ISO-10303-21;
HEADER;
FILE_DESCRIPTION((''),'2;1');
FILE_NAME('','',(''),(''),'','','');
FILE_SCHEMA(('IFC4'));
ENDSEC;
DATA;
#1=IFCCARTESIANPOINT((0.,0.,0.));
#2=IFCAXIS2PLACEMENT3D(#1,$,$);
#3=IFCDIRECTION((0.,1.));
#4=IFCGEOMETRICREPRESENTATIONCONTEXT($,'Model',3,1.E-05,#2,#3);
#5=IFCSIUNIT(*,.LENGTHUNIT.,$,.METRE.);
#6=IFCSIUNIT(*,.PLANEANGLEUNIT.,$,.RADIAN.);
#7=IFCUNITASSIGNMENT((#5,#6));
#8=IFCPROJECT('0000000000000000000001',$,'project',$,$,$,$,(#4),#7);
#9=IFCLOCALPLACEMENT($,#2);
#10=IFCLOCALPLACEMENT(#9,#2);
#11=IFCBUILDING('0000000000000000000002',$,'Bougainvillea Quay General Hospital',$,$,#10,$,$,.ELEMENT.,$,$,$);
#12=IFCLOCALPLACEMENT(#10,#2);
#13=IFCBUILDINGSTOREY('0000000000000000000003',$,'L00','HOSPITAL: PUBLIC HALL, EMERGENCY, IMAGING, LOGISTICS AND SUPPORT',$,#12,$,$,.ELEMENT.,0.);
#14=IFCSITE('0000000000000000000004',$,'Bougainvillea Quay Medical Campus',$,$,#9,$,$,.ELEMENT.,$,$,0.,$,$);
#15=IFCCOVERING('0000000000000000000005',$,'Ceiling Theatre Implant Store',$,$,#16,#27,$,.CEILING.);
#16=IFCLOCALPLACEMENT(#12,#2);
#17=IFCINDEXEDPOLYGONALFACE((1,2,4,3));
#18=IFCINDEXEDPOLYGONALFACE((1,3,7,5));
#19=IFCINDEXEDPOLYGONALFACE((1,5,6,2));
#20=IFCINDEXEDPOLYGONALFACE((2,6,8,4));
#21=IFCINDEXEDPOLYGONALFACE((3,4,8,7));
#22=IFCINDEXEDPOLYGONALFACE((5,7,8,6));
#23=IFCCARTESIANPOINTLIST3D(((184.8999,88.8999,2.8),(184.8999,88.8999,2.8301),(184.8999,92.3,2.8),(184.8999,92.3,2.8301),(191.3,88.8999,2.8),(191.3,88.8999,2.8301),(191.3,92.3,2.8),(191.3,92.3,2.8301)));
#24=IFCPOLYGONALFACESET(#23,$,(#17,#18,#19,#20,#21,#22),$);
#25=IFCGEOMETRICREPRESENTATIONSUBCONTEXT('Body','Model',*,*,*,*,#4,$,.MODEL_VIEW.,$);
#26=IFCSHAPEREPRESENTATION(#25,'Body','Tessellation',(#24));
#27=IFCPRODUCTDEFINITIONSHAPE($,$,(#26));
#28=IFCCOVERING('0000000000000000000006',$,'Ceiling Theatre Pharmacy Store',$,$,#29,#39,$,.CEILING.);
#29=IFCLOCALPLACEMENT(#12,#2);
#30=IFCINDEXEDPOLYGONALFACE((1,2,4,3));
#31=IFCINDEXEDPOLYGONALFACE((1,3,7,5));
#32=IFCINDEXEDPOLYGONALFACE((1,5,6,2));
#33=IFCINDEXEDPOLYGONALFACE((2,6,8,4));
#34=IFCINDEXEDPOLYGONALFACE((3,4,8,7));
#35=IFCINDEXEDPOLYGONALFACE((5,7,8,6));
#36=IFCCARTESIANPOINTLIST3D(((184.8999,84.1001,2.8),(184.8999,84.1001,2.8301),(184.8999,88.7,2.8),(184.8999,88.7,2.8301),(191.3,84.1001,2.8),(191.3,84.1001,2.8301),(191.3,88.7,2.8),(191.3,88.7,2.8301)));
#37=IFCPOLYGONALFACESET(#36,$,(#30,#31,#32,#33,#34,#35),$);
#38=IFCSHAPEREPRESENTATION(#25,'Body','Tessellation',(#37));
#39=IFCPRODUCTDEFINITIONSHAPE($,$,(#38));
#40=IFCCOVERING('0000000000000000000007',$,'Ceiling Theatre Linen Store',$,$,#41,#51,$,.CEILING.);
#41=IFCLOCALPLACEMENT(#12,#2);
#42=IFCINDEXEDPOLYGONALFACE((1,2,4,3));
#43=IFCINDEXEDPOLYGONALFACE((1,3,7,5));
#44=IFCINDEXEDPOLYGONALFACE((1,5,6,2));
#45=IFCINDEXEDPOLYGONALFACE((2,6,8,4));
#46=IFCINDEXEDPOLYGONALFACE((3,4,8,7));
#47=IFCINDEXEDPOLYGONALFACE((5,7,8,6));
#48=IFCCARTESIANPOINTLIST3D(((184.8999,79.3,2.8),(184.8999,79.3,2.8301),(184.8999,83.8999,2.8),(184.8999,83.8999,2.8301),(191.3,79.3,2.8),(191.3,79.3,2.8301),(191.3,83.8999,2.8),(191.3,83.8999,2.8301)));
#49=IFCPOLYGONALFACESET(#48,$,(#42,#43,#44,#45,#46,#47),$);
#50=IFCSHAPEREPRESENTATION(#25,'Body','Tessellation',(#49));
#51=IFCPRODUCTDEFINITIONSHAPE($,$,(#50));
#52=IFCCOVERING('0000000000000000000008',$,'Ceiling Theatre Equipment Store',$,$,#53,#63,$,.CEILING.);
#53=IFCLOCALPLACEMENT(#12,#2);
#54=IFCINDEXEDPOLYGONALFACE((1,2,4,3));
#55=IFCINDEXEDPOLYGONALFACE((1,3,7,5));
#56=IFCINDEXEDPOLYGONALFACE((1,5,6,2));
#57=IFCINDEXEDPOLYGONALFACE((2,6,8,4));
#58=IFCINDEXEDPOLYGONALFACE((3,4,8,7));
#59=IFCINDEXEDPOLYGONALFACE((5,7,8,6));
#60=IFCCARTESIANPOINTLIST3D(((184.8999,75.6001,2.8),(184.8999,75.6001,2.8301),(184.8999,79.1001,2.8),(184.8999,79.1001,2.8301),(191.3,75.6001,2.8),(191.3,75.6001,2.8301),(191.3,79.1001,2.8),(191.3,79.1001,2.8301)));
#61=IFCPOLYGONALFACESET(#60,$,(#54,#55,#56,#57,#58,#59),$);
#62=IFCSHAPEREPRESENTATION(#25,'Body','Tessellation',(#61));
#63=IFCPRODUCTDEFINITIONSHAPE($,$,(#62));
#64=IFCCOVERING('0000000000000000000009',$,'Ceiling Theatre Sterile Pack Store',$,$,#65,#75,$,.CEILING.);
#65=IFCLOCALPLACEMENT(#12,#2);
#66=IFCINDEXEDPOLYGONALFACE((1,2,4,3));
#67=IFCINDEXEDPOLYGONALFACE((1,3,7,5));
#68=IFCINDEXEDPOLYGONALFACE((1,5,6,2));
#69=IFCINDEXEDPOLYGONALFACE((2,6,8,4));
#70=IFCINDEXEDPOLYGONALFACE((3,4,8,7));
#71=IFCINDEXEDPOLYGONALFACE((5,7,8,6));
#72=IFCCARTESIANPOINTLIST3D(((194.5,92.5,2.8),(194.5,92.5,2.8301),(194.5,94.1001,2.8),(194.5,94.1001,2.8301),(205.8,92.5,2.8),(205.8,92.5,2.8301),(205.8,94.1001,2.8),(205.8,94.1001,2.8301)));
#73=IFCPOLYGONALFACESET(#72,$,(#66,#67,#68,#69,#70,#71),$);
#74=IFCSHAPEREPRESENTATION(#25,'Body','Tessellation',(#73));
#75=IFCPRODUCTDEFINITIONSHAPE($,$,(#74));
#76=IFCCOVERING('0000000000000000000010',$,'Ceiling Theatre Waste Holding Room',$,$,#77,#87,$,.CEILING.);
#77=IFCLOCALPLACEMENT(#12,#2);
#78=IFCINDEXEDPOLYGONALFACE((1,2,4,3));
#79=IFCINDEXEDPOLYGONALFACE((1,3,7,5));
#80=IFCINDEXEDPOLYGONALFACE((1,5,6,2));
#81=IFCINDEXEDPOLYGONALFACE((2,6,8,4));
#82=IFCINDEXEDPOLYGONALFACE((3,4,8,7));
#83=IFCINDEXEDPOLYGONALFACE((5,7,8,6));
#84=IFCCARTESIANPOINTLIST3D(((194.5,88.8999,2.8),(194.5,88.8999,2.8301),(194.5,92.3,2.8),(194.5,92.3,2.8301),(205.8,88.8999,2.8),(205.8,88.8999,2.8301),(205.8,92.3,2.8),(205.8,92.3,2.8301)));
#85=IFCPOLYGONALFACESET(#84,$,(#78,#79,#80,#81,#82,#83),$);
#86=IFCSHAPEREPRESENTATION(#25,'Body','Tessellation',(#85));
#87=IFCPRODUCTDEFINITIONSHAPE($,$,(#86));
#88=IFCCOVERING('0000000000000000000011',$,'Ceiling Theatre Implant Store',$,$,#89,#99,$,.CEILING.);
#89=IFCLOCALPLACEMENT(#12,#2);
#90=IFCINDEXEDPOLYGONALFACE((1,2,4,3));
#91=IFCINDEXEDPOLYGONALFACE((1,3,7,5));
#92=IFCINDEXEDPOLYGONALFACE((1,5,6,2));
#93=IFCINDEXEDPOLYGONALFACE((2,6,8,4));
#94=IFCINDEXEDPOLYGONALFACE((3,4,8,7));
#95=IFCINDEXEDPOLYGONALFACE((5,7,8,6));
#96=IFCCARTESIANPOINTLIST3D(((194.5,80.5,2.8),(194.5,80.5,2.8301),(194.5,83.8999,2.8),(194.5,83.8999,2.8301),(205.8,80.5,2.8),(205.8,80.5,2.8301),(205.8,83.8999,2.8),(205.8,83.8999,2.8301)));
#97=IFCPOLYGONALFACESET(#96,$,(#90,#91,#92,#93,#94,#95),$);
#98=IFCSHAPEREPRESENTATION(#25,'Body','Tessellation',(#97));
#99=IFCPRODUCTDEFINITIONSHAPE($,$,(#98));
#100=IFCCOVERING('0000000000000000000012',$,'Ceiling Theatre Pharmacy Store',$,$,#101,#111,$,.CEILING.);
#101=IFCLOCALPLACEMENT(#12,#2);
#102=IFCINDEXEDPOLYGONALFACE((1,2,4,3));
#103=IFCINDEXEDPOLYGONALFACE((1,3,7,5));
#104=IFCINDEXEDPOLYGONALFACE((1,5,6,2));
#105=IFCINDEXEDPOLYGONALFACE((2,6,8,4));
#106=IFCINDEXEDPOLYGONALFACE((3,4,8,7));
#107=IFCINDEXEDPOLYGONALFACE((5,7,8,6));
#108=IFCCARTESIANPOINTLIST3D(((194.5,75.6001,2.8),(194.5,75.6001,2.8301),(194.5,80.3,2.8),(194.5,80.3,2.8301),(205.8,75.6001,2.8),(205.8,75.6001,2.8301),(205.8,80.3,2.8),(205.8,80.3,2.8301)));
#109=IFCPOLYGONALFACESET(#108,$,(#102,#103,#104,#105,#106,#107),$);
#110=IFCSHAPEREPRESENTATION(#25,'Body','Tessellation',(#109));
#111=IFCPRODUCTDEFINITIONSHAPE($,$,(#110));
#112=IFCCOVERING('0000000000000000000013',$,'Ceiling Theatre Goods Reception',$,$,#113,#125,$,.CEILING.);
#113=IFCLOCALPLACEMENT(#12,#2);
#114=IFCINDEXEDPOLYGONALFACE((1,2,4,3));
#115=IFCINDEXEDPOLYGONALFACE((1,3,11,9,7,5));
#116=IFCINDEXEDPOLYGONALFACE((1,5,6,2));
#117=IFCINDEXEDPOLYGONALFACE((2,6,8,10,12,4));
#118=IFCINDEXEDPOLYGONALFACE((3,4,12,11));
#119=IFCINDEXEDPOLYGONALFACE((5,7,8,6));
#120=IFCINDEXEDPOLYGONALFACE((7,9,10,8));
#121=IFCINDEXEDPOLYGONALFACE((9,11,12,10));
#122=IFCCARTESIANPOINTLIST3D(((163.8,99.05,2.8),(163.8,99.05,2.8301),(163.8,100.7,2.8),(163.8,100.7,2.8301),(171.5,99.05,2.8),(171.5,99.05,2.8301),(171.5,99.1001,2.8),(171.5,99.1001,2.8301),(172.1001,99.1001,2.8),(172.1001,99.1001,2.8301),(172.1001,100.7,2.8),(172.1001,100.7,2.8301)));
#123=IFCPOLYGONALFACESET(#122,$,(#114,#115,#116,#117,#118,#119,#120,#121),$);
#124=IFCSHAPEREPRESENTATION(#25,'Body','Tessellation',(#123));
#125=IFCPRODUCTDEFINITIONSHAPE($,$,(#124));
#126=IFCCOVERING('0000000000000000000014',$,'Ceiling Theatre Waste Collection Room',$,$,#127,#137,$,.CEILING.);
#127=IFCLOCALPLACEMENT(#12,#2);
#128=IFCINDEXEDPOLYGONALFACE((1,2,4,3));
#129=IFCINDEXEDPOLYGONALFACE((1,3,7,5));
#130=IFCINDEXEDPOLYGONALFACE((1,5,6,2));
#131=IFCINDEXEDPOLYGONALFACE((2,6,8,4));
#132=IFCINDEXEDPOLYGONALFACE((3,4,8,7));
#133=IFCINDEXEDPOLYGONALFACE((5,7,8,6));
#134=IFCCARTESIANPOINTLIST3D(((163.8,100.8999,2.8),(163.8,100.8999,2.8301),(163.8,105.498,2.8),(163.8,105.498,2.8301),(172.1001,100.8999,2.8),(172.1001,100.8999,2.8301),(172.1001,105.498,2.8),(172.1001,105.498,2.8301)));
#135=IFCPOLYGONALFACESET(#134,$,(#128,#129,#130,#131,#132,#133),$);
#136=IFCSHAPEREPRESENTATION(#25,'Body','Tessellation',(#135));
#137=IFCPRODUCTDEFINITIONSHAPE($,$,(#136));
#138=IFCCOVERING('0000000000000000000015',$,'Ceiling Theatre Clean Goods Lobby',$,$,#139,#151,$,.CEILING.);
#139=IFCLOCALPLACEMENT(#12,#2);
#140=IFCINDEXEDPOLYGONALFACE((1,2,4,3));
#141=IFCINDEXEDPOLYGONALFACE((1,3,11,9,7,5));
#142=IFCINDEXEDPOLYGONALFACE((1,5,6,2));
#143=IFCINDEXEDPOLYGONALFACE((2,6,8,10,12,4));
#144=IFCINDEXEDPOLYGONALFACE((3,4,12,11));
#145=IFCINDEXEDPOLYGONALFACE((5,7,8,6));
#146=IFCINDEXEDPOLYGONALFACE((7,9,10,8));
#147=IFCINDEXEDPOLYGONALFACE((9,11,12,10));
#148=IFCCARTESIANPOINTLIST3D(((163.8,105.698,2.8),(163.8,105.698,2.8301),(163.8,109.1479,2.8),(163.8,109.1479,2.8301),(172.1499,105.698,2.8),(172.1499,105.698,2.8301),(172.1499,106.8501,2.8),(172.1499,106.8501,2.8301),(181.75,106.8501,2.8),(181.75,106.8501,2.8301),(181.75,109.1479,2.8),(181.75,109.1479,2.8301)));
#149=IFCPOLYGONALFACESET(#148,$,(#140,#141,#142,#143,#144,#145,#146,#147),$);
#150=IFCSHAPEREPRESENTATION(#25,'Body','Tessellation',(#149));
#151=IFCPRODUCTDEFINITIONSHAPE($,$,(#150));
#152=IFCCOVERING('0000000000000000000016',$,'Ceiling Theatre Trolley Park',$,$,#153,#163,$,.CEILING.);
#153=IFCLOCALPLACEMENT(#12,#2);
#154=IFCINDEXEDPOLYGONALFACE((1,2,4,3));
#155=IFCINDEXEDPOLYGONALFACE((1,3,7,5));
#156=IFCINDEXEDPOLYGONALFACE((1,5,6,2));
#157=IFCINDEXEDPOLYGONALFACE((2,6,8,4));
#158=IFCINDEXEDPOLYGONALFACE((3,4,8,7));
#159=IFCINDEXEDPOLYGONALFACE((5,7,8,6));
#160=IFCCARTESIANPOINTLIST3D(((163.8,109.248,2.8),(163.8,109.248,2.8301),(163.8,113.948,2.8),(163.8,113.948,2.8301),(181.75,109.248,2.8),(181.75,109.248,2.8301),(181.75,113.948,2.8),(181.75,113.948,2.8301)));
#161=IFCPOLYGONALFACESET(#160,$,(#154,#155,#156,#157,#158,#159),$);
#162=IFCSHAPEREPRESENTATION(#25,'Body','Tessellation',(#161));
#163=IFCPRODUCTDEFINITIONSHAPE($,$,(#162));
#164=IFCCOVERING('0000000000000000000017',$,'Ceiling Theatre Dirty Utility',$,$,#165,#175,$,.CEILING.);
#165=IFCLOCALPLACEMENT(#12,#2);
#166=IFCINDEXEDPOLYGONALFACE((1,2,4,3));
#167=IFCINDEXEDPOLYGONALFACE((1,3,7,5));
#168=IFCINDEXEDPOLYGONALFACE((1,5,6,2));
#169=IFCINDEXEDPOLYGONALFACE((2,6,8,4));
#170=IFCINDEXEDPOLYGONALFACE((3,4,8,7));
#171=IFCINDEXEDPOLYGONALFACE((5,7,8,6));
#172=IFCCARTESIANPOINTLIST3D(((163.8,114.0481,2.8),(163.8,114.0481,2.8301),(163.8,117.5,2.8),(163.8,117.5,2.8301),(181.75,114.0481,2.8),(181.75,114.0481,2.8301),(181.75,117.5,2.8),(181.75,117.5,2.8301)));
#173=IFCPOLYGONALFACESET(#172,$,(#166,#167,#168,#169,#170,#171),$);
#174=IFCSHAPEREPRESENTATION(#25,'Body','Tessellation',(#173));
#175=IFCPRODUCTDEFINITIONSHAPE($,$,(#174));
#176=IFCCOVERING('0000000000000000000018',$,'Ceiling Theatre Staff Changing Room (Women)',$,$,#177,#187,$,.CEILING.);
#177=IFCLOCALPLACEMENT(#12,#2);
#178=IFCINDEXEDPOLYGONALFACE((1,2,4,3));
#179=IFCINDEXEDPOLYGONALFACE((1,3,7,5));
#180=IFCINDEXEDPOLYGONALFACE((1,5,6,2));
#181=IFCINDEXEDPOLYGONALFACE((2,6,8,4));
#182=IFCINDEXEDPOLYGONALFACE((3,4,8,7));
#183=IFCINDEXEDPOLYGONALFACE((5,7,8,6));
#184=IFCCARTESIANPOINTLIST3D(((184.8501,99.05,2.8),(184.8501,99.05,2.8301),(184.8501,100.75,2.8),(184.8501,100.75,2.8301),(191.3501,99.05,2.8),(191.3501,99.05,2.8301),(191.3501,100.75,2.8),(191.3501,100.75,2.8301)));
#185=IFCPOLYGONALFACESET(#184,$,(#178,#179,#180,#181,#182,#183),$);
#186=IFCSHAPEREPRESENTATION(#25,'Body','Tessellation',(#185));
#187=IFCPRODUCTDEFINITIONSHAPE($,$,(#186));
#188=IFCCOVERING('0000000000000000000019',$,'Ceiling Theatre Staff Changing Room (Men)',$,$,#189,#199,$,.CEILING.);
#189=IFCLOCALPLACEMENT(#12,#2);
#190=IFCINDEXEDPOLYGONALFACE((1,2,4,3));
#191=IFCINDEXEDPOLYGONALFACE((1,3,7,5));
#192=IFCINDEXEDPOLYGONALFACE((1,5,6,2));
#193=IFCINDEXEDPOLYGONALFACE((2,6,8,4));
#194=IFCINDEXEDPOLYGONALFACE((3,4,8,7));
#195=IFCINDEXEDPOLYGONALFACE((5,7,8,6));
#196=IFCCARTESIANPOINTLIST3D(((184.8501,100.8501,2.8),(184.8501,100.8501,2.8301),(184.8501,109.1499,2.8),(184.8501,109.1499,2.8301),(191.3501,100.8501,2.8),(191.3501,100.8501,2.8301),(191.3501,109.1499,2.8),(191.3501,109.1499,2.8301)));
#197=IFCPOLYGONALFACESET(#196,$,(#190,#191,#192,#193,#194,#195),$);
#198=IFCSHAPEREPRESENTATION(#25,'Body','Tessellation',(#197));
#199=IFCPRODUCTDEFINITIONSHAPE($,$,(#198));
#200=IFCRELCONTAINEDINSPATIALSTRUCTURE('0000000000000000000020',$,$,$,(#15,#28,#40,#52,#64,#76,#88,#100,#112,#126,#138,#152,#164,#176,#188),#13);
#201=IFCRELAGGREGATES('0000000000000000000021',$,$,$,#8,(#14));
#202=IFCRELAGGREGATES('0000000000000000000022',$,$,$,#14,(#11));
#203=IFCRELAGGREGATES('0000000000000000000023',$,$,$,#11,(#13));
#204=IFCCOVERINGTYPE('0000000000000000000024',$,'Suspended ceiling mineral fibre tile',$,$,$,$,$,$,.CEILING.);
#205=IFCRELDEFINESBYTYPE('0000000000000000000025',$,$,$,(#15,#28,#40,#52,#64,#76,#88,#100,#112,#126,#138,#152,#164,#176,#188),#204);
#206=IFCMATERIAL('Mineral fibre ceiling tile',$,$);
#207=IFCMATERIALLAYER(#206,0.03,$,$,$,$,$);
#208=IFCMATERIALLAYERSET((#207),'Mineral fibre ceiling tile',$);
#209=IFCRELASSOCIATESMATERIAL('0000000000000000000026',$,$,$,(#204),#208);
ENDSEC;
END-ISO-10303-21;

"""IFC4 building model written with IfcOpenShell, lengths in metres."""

from ifc_helpers import new_model, si_unit, direction, frame, origin, place, context, subcontext, project, spatial, polyline, outline, extrude, material, layer, layer_set, type_object, element, save


model = new_model("IFC4")

# Units and contexts
model_context = context("Model", 3, precision=1e-05, world=origin(), true_north=direction((0.0, 1.0)))
body_context = subcontext(model_context, "Body", "Model", "MODEL_VIEW")
ifc_project = project(units=[si_unit("LENGTHUNIT", "METRE"), si_unit("PLANEANGLEUNIT", "RADIAN")], contexts=[model_context])

# Site, building, storey
site_placement = place(None, origin())
site = spatial("IfcSite", under=ifc_project, at=site_placement, Name="Bougainvillea Quay Medical Campus", CompositionType="ELEMENT", RefElevation=0.0)
building_placement = place(site_placement, origin())
building = spatial("IfcBuilding", under=site, at=building_placement, Name="Bougainvillea Quay General Hospital", CompositionType="ELEMENT")
storey_placement = place(building_placement, origin())
storey = spatial("IfcBuildingStorey", under=building, at=storey_placement, Name="L00", Description="HOSPITAL: PUBLIC HALL, EMERGENCY, IMAGING, LOGISTICS AND SUPPORT", CompositionType="ELEMENT", Elevation=0.0)

# Coverings
ifc_material = material(Name="Mineral fibre ceiling tile")
ifc_layer = layer(ifc_material, 0.03)
ifc_layer_set = layer_set([ifc_layer], Name="Mineral fibre ceiling tile")
covering_type = type_object("IfcCoveringType", Name="Suspended ceiling mineral fibre tile", PredefinedType="CEILING", material=ifc_layer_set)
covering_1_placement = place(storey_placement, frame((0.0, 0.0, 2.8)))
element("IfcCovering", 1, at=covering_1_placement, inside=storey, type_object=covering_type, Name="Ceiling Theatre Implant Store", PredefinedType="CEILING", context=body_context, shape_type="SweptSolid", body=[
    extrude(outline(polyline([(191.3, 88.8999), (191.3, 92.3), (184.8999, 92.3), (184.8999, 88.8999), (191.3, 88.8999)])), origin(), (0.0, 0.0, 1.0), 0.03),
])
covering_2_placement = place(storey_placement, frame((0.0, 0.0, 2.8)))
element("IfcCovering", 2, at=covering_2_placement, inside=storey, type_object=covering_type, Name="Ceiling Theatre Pharmacy Store", PredefinedType="CEILING", context=body_context, shape_type="SweptSolid", body=[
    extrude(outline(polyline([(191.3, 84.1001), (191.3, 88.7), (184.8999, 88.7), (184.8999, 84.1001), (191.3, 84.1001)])), origin(), (0.0, 0.0, 1.0), 0.03),
])
covering_3_placement = place(storey_placement, frame((0.0, 0.0, 2.8)))
element("IfcCovering", 3, at=covering_3_placement, inside=storey, type_object=covering_type, Name="Ceiling Theatre Linen Store", PredefinedType="CEILING", context=body_context, shape_type="SweptSolid", body=[
    extrude(outline(polyline([(184.8999, 83.8999), (184.8999, 79.3), (191.3, 79.3), (191.3, 83.8999), (184.8999, 83.8999)])), origin(), (0.0, 0.0, 1.0), 0.03),
])
covering_4_placement = place(storey_placement, frame((0.0, 0.0, 2.8)))
element("IfcCovering", 4, at=covering_4_placement, inside=storey, type_object=covering_type, Name="Ceiling Theatre Equipment Store", PredefinedType="CEILING", context=body_context, shape_type="SweptSolid", body=[
    extrude(outline(polyline([(191.3, 75.6001), (191.3, 79.1001), (184.8999, 79.1001), (184.8999, 75.6001), (191.3, 75.6001)])), origin(), (0.0, 0.0, 1.0), 0.03),
])
covering_5_placement = place(storey_placement, frame((0.0, 0.0, 2.8)))
element("IfcCovering", 5, at=covering_5_placement, inside=storey, type_object=covering_type, Name="Ceiling Theatre Sterile Pack Store", PredefinedType="CEILING", context=body_context, shape_type="SweptSolid", body=[
    extrude(outline(polyline([(205.8, 94.1001), (194.5, 94.1001), (194.5, 92.5), (205.8, 92.5), (205.8, 94.1001)])), origin(), (0.0, 0.0, 1.0), 0.03),
])
covering_6_placement = place(storey_placement, frame((0.0, 0.0, 2.8)))
element("IfcCovering", 6, at=covering_6_placement, inside=storey, type_object=covering_type, Name="Ceiling Theatre Waste Holding Room", PredefinedType="CEILING", context=body_context, shape_type="SweptSolid", body=[
    extrude(outline(polyline([(205.8, 92.3), (194.5, 92.3), (194.5, 88.8999), (205.8, 88.8999), (205.8, 92.3)])), origin(), (0.0, 0.0, 1.0), 0.03),
])
covering_7_placement = place(storey_placement, frame((0.0, 0.0, 2.8)))
element("IfcCovering", 7, at=covering_7_placement, inside=storey, type_object=covering_type, Name="Ceiling Theatre Implant Store", PredefinedType="CEILING", context=body_context, shape_type="SweptSolid", body=[
    extrude(outline(polyline([(205.8, 83.8999), (194.5, 83.8999), (194.5, 80.5), (205.8, 80.5), (205.8, 83.8999)])), origin(), (0.0, 0.0, 1.0), 0.03),
])
covering_8_placement = place(storey_placement, frame((0.0, 0.0, 2.8)))
element("IfcCovering", 8, at=covering_8_placement, inside=storey, type_object=covering_type, Name="Ceiling Theatre Pharmacy Store", PredefinedType="CEILING", context=body_context, shape_type="SweptSolid", body=[
    extrude(outline(polyline([(205.8, 80.3), (194.5, 80.3), (194.5, 75.6001), (205.8, 75.6001), (205.8, 80.3)])), origin(), (0.0, 0.0, 1.0), 0.03),
])
covering_9_placement = place(storey_placement, frame((0.0, 0.0, 2.8)))
element("IfcCovering", 9, at=covering_9_placement, inside=storey, type_object=covering_type, Name="Ceiling Theatre Goods Reception", PredefinedType="CEILING", context=body_context, shape_type="SweptSolid", body=[
    extrude(outline(polyline([(163.8, 99.05), (171.5, 99.05), (171.5, 99.1001), (172.1001, 99.1001), (172.1001, 100.7), (163.8, 100.7), (163.8, 99.05)])), origin(), (0.0, 0.0, 1.0), 0.03),
])
covering_10_placement = place(storey_placement, frame((0.0, 0.0, 2.8)))
element("IfcCovering", 10, at=covering_10_placement, inside=storey, type_object=covering_type, Name="Ceiling Theatre Waste Collection Room", PredefinedType="CEILING", context=body_context, shape_type="SweptSolid", body=[
    extrude(outline(polyline([(163.8, 100.8999), (172.1001, 100.8999), (172.1001, 105.498), (163.8, 105.498), (163.8, 100.8999)])), origin(), (0.0, 0.0, 1.0), 0.03),
])
covering_11_placement = place(storey_placement, frame((0.0, 0.0, 2.8)))
element("IfcCovering", 11, at=covering_11_placement, inside=storey, type_object=covering_type, Name="Ceiling Theatre Clean Goods Lobby", PredefinedType="CEILING", context=body_context, shape_type="SweptSolid", body=[
    extrude(outline(polyline([(163.8, 105.698), (172.1499, 105.698), (172.1499, 106.8501), (181.75, 106.8501), (181.75, 109.1479), (163.8, 109.1479), (163.8, 105.698)])), origin(), (0.0, 0.0, 1.0), 0.03),
])
covering_12_placement = place(storey_placement, frame((0.0, 0.0, 2.8)))
element("IfcCovering", 12, at=covering_12_placement, inside=storey, type_object=covering_type, Name="Ceiling Theatre Trolley Park", PredefinedType="CEILING", context=body_context, shape_type="SweptSolid", body=[
    extrude(outline(polyline([(163.8, 109.248), (181.75, 109.248), (181.75, 113.948), (163.8, 113.948), (163.8, 109.248)])), origin(), (0.0, 0.0, 1.0), 0.03),
])
covering_13_placement = place(storey_placement, frame((0.0, 0.0, 2.8)))
element("IfcCovering", 13, at=covering_13_placement, inside=storey, type_object=covering_type, Name="Ceiling Theatre Dirty Utility", PredefinedType="CEILING", context=body_context, shape_type="SweptSolid", body=[
    extrude(outline(polyline([(163.8, 114.0481), (181.75, 114.0481), (181.75, 117.5), (163.8, 117.5), (163.8, 114.0481)])), origin(), (0.0, 0.0, 1.0), 0.03),
])
covering_14_placement = place(storey_placement, frame((0.0, 0.0, 2.8)))
element("IfcCovering", 14, at=covering_14_placement, inside=storey, type_object=covering_type, Name="Ceiling Theatre Staff Changing Room (Women)", PredefinedType="CEILING", context=body_context, shape_type="SweptSolid", body=[
    extrude(outline(polyline([(191.3501, 99.05), (191.3501, 100.75), (184.8501, 100.75), (184.8501, 99.05), (191.3501, 99.05)])), origin(), (0.0, 0.0, 1.0), 0.03),
])
covering_15_placement = place(storey_placement, frame((0.0, 0.0, 2.8)))
element("IfcCovering", 15, at=covering_15_placement, inside=storey, type_object=covering_type, Name="Ceiling Theatre Staff Changing Room (Men)", PredefinedType="CEILING", context=body_context, shape_type="SweptSolid", body=[
    extrude(outline(polyline([(184.8501, 100.8501), (191.3501, 100.8501), (191.3501, 109.1499), (184.8501, 109.1499), (184.8501, 100.8501)])), origin(), (0.0, 0.0, 1.0), 0.03),
])

save(model, "model.ifc")
